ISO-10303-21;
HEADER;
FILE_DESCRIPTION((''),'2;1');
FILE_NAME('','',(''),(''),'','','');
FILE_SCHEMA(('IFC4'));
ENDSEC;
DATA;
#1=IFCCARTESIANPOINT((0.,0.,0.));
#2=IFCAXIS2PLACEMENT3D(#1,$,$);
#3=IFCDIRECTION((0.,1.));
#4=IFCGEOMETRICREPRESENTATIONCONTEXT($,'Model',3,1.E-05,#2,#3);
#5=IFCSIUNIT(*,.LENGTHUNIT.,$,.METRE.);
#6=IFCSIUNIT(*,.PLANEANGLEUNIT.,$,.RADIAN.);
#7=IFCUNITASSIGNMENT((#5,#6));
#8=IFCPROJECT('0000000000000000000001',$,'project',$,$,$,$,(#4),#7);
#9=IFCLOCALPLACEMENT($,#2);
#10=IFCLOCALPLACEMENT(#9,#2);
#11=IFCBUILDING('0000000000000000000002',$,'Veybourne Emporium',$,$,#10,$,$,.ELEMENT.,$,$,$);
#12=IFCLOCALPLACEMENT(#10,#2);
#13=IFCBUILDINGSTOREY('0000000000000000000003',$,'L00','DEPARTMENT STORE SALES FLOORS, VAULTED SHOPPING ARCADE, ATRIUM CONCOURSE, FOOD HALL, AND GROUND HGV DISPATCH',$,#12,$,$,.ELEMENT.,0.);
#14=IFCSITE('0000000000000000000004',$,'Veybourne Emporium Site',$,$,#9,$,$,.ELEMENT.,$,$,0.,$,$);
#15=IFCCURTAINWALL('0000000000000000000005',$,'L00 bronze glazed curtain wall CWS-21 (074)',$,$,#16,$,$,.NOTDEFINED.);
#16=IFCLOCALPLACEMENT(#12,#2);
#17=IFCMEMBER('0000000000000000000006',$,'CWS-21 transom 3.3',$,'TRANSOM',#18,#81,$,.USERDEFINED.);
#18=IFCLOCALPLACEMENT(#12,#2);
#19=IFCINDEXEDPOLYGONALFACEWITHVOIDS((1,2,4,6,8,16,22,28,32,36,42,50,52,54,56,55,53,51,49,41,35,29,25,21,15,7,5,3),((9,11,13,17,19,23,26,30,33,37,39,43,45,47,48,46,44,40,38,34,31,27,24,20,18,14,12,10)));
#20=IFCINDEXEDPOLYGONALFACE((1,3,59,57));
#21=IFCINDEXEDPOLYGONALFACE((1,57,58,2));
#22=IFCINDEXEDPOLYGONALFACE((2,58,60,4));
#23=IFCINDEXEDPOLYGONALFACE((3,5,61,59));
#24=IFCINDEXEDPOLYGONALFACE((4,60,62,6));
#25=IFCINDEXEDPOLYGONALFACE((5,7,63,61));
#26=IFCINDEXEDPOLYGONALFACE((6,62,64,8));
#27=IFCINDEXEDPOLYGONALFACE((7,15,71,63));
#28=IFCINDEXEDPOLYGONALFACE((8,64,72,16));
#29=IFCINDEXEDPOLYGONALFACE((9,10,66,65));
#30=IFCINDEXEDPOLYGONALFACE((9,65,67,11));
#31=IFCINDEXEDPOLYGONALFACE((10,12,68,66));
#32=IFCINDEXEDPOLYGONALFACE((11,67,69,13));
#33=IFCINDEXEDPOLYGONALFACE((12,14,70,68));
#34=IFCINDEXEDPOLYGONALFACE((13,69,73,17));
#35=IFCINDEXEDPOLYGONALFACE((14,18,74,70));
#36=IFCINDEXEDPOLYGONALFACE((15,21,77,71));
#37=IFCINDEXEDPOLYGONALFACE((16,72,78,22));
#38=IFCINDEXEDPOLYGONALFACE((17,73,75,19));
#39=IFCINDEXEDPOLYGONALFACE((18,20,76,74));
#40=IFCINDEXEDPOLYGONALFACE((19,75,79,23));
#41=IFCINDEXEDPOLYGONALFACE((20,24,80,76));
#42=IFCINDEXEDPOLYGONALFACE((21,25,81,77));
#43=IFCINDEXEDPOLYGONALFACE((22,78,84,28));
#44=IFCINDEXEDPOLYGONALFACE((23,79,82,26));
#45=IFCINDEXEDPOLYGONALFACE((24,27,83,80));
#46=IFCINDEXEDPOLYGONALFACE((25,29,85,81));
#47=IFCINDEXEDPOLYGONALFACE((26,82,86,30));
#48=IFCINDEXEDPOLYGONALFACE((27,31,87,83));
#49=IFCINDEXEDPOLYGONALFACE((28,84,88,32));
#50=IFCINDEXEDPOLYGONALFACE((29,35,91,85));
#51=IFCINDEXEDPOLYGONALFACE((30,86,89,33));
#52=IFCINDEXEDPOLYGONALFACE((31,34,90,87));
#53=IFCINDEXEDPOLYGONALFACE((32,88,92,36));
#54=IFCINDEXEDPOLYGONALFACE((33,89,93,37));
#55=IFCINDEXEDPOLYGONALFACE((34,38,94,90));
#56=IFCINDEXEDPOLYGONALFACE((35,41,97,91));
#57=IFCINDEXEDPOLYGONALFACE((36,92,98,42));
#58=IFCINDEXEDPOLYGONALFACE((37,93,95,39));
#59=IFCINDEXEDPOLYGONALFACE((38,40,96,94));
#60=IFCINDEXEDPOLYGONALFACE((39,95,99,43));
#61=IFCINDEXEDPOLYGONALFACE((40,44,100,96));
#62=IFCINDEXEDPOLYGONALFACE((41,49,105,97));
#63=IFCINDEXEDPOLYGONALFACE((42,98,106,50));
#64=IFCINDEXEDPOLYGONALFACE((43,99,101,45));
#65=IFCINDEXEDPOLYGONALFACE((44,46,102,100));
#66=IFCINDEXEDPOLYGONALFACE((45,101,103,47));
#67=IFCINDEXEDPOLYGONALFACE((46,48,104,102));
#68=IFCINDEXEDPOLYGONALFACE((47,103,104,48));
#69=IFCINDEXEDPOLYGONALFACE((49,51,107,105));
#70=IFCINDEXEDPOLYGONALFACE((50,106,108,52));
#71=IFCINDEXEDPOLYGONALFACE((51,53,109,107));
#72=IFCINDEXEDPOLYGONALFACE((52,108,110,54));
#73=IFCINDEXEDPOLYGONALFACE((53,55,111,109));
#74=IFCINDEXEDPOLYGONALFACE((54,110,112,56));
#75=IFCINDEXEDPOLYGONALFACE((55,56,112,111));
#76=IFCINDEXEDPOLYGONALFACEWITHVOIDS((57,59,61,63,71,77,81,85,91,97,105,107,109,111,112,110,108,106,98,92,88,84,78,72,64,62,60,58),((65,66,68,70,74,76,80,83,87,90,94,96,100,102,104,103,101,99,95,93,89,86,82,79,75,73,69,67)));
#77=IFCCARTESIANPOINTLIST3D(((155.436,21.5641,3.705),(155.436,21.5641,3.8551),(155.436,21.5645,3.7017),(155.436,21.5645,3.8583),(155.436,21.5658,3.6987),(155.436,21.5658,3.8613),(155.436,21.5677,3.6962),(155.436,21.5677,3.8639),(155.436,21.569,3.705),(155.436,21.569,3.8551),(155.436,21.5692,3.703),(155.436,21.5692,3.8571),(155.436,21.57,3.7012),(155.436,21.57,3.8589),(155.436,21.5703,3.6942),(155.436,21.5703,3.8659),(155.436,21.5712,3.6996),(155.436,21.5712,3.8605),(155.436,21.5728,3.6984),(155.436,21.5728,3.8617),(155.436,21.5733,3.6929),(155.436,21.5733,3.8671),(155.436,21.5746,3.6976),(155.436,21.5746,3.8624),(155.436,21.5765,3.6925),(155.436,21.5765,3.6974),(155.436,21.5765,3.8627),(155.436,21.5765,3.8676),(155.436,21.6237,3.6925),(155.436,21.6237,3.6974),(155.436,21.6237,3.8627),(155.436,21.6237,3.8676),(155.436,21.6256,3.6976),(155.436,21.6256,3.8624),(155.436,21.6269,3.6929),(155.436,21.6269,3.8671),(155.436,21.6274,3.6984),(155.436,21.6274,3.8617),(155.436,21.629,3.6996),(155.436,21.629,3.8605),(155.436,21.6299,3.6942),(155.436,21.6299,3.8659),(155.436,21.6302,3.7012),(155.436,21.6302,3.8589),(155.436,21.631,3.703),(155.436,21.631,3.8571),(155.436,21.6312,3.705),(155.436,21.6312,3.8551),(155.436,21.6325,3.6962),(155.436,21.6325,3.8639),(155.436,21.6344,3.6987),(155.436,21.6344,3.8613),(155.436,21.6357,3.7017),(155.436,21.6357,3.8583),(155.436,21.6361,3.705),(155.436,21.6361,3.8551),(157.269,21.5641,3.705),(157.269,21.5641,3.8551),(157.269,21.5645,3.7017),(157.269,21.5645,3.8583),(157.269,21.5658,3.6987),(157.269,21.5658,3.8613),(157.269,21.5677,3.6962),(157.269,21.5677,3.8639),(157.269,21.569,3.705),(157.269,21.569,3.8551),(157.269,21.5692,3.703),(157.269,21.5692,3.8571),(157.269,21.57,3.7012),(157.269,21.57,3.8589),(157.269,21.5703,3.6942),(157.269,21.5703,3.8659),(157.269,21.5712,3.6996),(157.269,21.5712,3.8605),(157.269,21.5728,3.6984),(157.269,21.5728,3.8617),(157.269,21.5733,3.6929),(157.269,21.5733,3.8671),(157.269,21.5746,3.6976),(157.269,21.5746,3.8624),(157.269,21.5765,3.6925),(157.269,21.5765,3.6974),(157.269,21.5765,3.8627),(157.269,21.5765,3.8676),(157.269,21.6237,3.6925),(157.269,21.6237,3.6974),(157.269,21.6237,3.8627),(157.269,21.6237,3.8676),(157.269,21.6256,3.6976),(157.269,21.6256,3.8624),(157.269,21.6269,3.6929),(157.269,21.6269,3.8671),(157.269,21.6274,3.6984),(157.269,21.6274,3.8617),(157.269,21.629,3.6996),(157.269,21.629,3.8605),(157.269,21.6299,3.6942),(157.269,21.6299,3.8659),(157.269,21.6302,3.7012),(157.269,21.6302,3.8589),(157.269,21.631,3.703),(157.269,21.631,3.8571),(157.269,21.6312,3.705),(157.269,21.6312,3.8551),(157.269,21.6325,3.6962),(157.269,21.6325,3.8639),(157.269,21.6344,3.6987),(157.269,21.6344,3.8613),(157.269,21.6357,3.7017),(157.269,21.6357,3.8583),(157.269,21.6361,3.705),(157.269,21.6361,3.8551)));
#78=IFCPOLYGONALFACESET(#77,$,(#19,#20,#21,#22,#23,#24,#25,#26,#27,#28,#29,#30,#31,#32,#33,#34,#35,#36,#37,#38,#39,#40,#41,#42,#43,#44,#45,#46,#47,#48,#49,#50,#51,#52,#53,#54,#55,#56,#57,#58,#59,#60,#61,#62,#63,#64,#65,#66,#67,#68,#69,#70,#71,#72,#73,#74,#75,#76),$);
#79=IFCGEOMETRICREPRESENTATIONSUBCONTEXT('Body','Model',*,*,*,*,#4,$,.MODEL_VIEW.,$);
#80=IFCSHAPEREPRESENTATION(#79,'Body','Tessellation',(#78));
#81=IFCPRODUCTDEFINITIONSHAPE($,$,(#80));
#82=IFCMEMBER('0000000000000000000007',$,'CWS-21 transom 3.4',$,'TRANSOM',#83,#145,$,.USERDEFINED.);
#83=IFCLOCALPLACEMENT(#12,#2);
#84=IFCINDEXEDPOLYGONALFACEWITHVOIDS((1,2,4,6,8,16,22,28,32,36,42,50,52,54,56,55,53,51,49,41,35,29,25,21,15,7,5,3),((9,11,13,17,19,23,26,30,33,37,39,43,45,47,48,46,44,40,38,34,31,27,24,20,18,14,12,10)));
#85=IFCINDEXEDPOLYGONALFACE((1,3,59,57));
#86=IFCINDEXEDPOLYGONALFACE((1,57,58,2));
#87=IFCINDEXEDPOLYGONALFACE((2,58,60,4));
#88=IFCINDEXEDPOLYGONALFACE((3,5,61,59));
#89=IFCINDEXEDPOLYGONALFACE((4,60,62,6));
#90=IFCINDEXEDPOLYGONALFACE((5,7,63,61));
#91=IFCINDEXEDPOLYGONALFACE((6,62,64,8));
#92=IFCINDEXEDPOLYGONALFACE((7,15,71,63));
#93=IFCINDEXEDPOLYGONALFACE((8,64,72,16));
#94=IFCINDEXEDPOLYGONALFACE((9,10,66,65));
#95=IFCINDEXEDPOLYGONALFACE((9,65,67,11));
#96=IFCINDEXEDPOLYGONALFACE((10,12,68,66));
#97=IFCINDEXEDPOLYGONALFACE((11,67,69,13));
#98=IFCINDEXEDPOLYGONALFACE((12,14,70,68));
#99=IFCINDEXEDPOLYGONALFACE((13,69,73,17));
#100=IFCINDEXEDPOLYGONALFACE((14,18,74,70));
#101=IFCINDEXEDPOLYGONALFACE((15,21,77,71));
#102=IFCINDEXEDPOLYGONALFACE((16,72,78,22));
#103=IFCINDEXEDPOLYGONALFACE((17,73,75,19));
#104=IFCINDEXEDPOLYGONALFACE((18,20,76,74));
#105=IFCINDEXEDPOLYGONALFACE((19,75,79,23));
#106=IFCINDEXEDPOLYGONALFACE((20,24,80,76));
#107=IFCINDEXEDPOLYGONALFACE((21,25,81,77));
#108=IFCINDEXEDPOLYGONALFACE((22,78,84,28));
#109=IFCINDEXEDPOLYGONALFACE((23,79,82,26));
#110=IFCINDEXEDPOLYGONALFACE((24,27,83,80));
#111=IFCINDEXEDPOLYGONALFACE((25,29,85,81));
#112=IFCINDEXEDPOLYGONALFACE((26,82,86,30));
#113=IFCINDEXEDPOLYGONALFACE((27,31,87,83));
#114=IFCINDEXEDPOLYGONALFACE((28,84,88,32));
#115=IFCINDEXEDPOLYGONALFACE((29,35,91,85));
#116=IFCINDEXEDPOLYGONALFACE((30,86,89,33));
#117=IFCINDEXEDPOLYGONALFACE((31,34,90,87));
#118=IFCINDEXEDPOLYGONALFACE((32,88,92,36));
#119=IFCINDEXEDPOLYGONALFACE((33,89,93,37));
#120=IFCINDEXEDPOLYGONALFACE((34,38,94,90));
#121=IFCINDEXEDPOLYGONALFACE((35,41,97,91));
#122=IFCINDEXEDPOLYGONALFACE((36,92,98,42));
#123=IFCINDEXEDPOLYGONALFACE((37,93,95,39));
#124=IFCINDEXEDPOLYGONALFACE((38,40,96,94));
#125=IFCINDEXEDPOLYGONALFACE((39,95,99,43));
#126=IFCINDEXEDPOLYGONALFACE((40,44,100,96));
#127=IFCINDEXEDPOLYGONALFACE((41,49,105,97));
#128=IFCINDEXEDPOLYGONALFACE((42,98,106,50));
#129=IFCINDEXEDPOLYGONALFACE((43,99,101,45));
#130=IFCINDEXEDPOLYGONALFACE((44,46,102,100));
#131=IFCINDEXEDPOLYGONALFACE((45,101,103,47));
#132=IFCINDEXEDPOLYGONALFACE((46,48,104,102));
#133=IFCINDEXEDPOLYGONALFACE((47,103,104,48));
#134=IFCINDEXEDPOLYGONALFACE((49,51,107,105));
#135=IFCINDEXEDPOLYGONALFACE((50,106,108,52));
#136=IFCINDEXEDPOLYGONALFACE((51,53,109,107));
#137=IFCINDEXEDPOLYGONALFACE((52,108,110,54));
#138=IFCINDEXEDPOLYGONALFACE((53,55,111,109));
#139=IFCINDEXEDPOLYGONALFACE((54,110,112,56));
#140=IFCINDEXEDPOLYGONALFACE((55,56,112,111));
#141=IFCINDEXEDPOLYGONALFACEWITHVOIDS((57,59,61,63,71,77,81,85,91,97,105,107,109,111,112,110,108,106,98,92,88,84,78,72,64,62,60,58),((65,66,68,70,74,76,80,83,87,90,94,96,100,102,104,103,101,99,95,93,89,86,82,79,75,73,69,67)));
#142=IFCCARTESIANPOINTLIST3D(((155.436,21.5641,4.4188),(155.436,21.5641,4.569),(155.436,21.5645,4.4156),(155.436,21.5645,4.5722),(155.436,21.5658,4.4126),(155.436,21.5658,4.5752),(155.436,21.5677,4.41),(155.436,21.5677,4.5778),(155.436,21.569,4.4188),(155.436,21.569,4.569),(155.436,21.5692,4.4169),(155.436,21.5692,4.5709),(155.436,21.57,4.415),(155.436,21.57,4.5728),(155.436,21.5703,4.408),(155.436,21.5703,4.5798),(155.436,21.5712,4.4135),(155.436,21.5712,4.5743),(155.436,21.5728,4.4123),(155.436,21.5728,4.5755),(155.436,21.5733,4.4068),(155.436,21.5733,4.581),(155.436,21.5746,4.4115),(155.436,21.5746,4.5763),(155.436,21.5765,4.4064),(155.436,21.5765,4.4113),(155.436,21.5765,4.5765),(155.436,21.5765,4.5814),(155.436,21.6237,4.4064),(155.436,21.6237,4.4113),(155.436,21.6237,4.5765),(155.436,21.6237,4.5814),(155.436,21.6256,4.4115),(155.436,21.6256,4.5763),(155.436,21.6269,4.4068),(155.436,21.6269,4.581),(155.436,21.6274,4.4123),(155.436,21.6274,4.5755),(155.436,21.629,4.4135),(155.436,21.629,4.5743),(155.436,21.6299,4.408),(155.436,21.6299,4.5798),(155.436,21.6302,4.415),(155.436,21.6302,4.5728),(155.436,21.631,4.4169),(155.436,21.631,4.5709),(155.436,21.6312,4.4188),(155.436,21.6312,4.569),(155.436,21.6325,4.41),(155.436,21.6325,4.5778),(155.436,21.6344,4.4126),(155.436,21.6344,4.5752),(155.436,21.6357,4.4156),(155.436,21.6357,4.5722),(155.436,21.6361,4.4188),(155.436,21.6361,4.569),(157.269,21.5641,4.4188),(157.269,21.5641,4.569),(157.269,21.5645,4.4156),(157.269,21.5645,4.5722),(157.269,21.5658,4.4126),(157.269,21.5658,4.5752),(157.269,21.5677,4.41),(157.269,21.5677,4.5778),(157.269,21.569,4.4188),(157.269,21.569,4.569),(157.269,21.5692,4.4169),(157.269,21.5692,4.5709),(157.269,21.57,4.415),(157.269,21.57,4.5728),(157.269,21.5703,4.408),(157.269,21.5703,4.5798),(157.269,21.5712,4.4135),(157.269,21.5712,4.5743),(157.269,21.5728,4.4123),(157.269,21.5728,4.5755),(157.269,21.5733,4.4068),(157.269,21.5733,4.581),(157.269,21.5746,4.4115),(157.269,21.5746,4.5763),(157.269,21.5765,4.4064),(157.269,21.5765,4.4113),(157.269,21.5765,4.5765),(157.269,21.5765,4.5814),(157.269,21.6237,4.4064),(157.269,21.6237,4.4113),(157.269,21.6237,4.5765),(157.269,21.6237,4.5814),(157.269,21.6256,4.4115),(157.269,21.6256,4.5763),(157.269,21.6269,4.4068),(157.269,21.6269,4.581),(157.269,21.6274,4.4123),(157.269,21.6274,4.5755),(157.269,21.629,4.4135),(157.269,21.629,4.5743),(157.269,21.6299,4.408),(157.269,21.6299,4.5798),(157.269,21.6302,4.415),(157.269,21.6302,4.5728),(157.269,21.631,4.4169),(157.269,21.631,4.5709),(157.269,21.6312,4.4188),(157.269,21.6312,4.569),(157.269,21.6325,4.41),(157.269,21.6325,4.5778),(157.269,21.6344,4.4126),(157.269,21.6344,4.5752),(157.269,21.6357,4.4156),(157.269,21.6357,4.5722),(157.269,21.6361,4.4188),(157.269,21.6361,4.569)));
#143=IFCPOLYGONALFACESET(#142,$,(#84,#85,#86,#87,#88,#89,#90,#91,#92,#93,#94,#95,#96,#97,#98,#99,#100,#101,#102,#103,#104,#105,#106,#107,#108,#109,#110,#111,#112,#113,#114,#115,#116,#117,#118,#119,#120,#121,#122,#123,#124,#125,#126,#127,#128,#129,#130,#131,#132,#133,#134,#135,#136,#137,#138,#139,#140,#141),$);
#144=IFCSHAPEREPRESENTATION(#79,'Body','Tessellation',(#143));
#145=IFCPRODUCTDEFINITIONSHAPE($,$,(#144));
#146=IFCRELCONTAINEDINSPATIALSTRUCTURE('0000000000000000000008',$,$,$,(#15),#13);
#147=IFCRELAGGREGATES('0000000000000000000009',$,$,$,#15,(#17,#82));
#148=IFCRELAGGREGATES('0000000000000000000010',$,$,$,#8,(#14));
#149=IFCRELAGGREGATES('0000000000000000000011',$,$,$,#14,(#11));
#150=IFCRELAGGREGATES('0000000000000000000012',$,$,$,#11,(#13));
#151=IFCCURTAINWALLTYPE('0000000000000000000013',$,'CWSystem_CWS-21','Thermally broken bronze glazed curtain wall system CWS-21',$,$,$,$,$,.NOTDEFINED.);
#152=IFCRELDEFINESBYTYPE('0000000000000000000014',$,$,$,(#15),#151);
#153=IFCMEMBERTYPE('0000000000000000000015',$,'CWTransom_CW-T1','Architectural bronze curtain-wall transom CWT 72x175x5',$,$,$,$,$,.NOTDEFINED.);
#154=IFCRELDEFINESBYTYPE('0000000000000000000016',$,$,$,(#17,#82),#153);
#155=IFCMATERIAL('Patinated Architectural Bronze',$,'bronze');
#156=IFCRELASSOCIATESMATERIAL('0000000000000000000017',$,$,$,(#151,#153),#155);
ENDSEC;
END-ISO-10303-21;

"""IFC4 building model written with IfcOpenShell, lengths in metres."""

from ifc_helpers import new_model, si_unit, direction, frame, origin, origin_2d, place, context, subcontext, project, spatial, hollow_rectangle, extrude, material, material_profile, profile_set, type_object, element, aggregate, save


model = new_model("IFC4")

# Units and contexts
model_context = context("Model", 3, precision=1e-05, world=origin(), true_north=direction((0.0, 1.0)))
body_context = subcontext(model_context, "Body", "Model", "MODEL_VIEW")
ifc_project = project(units=[si_unit("LENGTHUNIT", "METRE"), si_unit("PLANEANGLEUNIT", "RADIAN")], contexts=[model_context])

# Site, building, storey
site_placement = place(None, origin())
site = spatial("IfcSite", under=ifc_project, at=site_placement, Name="Veybourne Emporium Site", CompositionType="ELEMENT", RefElevation=0.0)
building_placement = place(site_placement, origin())
building = spatial("IfcBuilding", under=site, at=building_placement, Name="Veybourne Emporium", CompositionType="ELEMENT")
storey_placement = place(building_placement, origin())
storey = spatial("IfcBuildingStorey", under=building, at=storey_placement, Name="L00", Description="DEPARTMENT STORE SALES FLOORS, VAULTED SHOPPING ARCADE, ATRIUM CONCOURSE, FOOD HALL, AND GROUND HGV DISPATCH", CompositionType="ELEMENT", Elevation=0.0)

# Curtain wall
ifc_material_1 = material(Name="Patinated Architectural Bronze", Category="bronze")
curtain_wall_type_1 = type_object("IfcCurtainWallType", Name="CWSystem_CWS-21", Description="Thermally broken bronze glazed curtain wall system CWS-21", PredefinedType="NOTDEFINED", material=ifc_material_1)
curtain_wall_1_placement = place(storey_placement, origin())
curtain_wall_1 = element("IfcCurtainWall", 1, at=curtain_wall_1_placement, inside=storey, type_object=curtain_wall_type_1, Name="L00 bronze glazed curtain wall CWS-21 (074)", PredefinedType="NOTDEFINED")

# Members
ifc_material_profile_1 = material_profile(ifc_material_1, hollow_rectangle(XDim=0.072, YDim=0.175, WallThickness=0.0049, InnerFilletRadius=0.0076, OuterFilletRadius=0.0125, at=origin_2d()), Name="CWT 72x175x5")
ifc_profile_set_1 = profile_set([ifc_material_profile_1], Name="Patinated Architectural Bronze")
member_type_1 = type_object("IfcMemberType", Name="CWTransom_CW-T1", Description="Architectural bronze curtain-wall transom CWT 72x175x5", PredefinedType="NOTDEFINED", material=ifc_profile_set_1)
member_1_placement = place(storey_placement, frame((155.436, 21.6001, 3.78), z_axis=(1.0, 0.0, 0.0), x_axis=(0.0, 1.0, 0.0)))
member_1 = element("IfcMember", 2, at=member_1_placement, type_object=member_type_1, Name="CWS-21 transom 3.3", ObjectType="TRANSOM", PredefinedType="USERDEFINED", context=body_context, shape_type="SweptSolid", body=[
    extrude(hollow_rectangle(XDim=0.072, YDim=0.175, WallThickness=0.0049, InnerFilletRadius=0.0076, OuterFilletRadius=0.0125, at=origin_2d()), origin(), (0.0, 0.0, 1.0), 1.833),
])
member_2_placement = place(storey_placement, frame((155.436, 21.6001, 4.4939), z_axis=(1.0, 0.0, 0.0), x_axis=(0.0, 1.0, 0.0)))
member_2 = element("IfcMember", 3, at=member_2_placement, type_object=member_type_1, Name="CWS-21 transom 3.4", ObjectType="TRANSOM", PredefinedType="USERDEFINED", context=body_context, shape_type="SweptSolid", body=[
    extrude(hollow_rectangle(XDim=0.072, YDim=0.175, WallThickness=0.0049, InnerFilletRadius=0.0076, OuterFilletRadius=0.0125, at=origin_2d()), origin(), (0.0, 0.0, 1.0), 1.833),
])

aggregate(curtain_wall_1, [member_1, member_2])

save(model, "model.ifc")
